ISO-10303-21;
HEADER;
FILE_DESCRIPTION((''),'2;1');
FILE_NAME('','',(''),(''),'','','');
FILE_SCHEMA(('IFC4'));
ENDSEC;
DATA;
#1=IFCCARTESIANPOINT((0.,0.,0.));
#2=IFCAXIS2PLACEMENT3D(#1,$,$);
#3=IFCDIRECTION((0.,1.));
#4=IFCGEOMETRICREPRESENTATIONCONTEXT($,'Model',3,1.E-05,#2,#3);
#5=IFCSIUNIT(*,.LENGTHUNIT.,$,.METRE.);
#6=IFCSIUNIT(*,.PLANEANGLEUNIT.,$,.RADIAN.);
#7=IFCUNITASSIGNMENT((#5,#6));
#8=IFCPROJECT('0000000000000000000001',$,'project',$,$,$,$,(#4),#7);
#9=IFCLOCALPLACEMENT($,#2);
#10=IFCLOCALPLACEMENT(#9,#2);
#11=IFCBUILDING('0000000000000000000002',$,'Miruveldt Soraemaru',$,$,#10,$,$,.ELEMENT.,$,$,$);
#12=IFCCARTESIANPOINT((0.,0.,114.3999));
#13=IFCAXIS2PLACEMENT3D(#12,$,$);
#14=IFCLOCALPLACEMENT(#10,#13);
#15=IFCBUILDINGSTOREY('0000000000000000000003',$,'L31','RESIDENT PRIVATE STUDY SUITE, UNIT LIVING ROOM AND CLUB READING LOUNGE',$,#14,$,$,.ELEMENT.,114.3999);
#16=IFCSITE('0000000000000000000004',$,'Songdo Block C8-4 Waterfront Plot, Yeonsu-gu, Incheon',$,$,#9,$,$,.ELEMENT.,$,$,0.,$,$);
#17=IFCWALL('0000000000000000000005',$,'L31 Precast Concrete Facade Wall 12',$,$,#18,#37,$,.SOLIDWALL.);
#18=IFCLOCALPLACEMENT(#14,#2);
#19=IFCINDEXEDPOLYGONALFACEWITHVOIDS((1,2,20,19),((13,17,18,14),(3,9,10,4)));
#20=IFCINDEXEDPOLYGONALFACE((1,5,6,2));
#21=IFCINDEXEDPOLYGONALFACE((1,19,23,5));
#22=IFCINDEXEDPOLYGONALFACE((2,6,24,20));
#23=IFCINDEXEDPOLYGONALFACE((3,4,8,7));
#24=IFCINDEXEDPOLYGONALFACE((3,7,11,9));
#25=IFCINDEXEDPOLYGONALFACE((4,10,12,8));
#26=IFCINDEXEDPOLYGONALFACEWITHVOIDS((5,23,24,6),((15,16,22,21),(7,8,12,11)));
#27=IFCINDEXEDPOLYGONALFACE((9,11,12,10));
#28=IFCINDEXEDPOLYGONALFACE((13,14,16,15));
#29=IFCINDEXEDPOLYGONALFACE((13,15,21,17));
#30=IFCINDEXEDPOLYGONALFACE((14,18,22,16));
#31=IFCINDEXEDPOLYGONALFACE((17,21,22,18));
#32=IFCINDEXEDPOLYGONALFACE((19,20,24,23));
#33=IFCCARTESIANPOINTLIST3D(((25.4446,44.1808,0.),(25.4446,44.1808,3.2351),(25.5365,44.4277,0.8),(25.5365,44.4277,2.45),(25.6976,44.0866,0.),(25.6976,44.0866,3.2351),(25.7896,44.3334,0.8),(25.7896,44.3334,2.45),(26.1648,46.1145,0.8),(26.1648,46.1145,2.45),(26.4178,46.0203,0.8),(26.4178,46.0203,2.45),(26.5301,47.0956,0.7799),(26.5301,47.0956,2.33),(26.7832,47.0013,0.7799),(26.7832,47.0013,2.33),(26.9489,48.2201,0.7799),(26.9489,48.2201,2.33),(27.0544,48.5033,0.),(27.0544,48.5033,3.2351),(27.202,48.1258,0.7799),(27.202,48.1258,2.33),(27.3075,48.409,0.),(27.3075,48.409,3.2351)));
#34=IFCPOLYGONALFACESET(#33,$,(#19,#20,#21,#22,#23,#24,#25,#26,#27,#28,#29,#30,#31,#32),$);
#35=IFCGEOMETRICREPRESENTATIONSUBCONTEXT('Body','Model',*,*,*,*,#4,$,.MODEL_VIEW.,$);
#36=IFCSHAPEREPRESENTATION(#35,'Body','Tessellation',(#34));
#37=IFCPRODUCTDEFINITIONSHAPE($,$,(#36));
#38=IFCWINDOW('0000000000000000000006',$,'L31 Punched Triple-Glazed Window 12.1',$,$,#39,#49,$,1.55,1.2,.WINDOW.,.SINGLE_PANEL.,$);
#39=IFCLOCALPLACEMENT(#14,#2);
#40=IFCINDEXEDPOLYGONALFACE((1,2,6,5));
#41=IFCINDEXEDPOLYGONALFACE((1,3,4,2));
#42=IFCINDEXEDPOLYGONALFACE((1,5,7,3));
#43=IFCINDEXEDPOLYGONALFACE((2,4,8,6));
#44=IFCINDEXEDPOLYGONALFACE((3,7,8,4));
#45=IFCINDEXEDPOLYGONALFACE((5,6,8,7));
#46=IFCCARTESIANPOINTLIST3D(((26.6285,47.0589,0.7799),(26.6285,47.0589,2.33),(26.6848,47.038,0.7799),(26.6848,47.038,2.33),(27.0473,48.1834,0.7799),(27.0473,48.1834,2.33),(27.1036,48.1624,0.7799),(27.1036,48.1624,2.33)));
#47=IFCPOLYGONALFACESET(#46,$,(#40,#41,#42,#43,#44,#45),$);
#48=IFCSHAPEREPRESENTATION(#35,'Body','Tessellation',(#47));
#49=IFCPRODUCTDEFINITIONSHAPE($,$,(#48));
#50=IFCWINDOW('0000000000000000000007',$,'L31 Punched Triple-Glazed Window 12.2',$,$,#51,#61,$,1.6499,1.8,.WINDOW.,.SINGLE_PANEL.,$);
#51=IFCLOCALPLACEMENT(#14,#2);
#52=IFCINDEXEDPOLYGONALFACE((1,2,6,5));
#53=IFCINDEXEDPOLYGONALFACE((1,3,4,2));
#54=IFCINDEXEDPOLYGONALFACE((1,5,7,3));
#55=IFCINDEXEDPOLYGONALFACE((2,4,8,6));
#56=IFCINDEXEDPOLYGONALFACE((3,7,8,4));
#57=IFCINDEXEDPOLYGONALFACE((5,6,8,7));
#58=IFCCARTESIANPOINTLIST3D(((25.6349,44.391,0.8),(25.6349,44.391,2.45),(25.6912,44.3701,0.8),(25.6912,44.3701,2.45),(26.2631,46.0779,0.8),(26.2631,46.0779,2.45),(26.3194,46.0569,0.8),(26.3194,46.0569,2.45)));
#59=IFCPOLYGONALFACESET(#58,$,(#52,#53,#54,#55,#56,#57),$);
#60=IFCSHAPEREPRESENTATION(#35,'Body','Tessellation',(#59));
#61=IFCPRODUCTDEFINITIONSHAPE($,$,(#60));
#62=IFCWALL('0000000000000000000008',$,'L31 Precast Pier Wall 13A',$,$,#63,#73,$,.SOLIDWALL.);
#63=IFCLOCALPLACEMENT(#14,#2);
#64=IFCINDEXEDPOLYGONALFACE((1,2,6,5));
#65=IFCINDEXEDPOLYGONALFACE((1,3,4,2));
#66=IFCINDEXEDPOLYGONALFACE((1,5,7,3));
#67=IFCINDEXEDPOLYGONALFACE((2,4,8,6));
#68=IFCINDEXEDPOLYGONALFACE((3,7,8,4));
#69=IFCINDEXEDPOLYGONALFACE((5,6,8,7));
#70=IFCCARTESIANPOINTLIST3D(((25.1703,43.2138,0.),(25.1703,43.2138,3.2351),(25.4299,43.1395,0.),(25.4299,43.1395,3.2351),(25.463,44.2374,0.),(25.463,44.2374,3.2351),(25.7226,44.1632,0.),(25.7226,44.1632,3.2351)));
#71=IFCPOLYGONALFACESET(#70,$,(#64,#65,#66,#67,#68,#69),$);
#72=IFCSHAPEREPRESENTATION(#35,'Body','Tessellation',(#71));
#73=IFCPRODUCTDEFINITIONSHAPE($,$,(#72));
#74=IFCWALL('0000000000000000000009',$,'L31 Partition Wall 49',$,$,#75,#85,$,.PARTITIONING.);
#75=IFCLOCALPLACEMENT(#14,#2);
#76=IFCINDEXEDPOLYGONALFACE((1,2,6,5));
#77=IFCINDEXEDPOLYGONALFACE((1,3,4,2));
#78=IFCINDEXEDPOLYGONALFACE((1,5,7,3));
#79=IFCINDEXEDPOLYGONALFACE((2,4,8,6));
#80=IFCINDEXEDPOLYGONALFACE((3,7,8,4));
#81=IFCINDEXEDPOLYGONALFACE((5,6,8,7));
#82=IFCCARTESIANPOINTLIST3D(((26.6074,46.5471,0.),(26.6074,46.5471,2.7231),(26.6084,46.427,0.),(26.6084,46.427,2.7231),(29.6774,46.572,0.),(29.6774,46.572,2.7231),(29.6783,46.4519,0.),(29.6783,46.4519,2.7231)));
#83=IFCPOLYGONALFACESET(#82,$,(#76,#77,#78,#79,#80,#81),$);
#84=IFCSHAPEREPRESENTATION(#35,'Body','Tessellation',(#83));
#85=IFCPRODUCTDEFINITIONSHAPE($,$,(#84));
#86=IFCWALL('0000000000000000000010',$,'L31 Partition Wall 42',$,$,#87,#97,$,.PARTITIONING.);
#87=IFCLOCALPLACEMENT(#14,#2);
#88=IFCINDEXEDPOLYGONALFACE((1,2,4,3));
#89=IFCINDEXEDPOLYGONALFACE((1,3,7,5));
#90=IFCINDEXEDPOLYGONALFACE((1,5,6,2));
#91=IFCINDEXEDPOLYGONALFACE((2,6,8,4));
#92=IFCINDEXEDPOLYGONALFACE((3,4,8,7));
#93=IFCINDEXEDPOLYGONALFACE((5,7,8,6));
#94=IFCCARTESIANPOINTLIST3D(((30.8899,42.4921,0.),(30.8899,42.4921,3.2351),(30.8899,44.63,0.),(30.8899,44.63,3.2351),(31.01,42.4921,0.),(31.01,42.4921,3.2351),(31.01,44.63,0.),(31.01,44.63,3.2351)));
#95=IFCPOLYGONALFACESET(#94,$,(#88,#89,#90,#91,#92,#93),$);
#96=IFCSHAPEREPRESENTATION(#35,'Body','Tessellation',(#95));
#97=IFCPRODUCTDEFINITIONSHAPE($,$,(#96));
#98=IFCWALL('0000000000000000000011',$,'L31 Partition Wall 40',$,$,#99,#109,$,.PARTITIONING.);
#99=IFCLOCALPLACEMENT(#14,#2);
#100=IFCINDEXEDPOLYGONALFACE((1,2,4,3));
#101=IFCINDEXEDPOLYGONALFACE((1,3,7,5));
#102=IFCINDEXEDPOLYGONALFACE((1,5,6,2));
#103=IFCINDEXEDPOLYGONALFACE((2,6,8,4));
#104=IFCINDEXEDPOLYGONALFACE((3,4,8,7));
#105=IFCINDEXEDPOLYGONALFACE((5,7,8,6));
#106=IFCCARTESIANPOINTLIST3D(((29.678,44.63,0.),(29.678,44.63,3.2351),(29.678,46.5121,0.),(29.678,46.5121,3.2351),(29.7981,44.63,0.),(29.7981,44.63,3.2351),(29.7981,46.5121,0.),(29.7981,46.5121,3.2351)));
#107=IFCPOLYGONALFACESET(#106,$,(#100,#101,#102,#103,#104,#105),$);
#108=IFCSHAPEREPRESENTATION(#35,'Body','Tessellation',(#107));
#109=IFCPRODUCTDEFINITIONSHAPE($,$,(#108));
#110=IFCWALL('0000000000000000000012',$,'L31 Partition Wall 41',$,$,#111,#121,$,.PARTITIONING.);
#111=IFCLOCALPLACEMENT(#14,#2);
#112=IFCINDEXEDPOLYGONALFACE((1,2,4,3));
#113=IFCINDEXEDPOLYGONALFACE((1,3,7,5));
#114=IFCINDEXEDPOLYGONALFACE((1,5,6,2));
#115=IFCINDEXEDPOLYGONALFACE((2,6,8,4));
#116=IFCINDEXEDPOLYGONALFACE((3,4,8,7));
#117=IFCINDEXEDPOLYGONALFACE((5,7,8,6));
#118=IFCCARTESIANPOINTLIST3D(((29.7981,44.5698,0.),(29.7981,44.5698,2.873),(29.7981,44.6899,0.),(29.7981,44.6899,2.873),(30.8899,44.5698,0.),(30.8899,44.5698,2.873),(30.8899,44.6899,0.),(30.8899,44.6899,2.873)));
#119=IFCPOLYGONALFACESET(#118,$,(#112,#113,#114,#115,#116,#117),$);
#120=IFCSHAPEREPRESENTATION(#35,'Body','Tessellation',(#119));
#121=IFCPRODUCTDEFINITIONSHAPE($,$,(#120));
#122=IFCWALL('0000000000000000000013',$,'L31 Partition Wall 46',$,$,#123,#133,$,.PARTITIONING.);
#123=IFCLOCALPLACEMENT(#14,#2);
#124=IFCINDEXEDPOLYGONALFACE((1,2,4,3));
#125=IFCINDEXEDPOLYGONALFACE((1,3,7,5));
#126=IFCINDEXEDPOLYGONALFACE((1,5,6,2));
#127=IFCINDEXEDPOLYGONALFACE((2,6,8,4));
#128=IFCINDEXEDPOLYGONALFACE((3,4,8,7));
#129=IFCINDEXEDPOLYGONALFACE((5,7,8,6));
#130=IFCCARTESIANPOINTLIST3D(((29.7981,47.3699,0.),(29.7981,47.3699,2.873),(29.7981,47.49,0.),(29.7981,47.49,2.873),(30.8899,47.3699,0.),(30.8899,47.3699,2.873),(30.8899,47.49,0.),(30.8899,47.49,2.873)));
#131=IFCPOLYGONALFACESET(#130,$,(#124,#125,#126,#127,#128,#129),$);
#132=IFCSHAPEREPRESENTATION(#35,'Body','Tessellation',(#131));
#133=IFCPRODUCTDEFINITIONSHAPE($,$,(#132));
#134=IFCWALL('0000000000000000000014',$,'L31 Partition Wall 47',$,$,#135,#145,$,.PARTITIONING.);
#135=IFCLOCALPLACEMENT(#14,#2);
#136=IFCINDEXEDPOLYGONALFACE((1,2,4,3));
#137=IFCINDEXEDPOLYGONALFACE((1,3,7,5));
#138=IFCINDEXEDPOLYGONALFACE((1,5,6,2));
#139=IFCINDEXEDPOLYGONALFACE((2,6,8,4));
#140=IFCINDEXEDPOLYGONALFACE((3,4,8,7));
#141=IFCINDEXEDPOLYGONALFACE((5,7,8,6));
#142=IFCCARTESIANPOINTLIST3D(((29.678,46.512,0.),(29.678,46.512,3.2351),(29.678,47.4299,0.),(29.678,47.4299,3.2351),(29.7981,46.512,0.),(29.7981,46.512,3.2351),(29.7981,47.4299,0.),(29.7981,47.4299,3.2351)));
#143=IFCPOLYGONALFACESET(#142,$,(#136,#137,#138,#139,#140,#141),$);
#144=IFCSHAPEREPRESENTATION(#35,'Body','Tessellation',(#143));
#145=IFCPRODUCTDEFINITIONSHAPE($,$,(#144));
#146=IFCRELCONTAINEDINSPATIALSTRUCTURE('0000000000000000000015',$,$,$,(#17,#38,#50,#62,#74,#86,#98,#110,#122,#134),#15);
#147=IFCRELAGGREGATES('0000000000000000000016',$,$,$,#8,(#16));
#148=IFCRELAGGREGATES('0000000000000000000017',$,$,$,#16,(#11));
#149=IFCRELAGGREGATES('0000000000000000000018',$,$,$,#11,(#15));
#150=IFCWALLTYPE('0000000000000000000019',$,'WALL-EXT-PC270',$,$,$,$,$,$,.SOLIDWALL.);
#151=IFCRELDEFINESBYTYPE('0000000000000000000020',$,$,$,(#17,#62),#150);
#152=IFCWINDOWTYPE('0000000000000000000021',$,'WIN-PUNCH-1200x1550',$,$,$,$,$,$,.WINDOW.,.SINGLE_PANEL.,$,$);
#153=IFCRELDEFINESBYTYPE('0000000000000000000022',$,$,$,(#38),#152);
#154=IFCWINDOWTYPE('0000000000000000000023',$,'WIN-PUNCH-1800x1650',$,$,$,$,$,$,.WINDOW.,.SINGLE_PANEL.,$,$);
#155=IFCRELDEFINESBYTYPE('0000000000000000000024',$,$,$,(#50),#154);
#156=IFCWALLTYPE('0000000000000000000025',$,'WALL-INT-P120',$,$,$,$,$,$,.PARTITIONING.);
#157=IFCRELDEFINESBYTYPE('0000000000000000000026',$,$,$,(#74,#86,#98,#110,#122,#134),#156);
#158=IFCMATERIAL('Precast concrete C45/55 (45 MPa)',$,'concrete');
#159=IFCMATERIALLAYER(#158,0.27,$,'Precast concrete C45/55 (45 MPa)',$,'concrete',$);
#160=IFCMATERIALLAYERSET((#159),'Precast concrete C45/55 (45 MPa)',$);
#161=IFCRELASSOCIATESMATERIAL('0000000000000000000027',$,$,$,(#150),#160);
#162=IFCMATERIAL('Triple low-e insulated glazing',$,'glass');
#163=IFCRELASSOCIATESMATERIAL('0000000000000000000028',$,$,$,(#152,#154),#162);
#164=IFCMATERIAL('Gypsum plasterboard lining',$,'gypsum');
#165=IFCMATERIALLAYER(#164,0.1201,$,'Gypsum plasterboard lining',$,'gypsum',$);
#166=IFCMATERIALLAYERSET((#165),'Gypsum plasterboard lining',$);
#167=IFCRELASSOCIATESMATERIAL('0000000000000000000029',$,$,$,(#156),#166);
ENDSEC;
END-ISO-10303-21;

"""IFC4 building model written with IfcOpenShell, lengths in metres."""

from ifc_helpers import new_model, si_unit, direction, frame, frame_2d, origin, place, context, subcontext, project, spatial, rectangle, extrude, material, layer, layer_set, type_object, element, fill, save


model = new_model("IFC4")

# Units and contexts
model_context = context("Model", 3, precision=1e-05, world=origin(), true_north=direction((0.0, 1.0)))
body_context = subcontext(model_context, "Body", "Model", "MODEL_VIEW")
ifc_project = project(units=[si_unit("LENGTHUNIT", "METRE"), si_unit("PLANEANGLEUNIT", "RADIAN")], contexts=[model_context])

# Site, building, storey
site_placement = place(None, origin())
site = spatial("IfcSite", under=ifc_project, at=site_placement, Name="Songdo Block C8-4 Waterfront Plot, Yeonsu-gu, Incheon", CompositionType="ELEMENT", RefElevation=0.0)
building_placement = place(site_placement, origin())
building = spatial("IfcBuilding", under=site, at=building_placement, Name="Miruveldt Soraemaru", CompositionType="ELEMENT")
storey_placement = place(building_placement, frame((0.0, 0.0, 114.3999)))
storey = spatial("IfcBuildingStorey", under=building, at=storey_placement, Name="L31", Description="RESIDENT PRIVATE STUDY SUITE, UNIT LIVING ROOM AND CLUB READING LOUNGE", CompositionType="ELEMENT", Elevation=114.3999)

# Shared definitions
ifc_material_1 = material(Name="Triple low-e insulated glazing", Category="glass")

# Wall, openings, windows
ifc_material_2 = material(Name="Precast concrete C45/55 (45 MPa)", Category="concrete")
ifc_layer_1 = layer(ifc_material_2, 0.27, Name="Precast concrete C45/55 (45 MPa)", Category="concrete")
ifc_layer_set_1 = layer_set([ifc_layer_1], Name="Precast concrete C45/55 (45 MPa)")
wall_type_1 = type_object("IfcWallType", Name="WALL-EXT-PC270", PredefinedType="SOLIDWALL", material=ifc_layer_set_1)
wall_1_placement = place(storey_placement, frame((27.1809, 48.4561, 0.0), z_axis=(0.0, 0.0, 1.0), x_axis=(-0.349017, -0.937116, 0.0)))
wall_1 = element("IfcWall", 1, at=wall_1_placement, inside=storey, type_object=wall_type_1, Name="L31 Precast Concrete Facade Wall 12", PredefinedType="SOLIDWALL", context=body_context, shape_type="SweptSolid", body=[
    extrude(rectangle(XDim=4.6125, YDim=0.27, at=frame_2d((2.3062, 0.0))), origin(), (0.0, 0.0, 1.0), 3.2351),
])
opening_1_placement = place(wall_1_placement, frame((0.302, 0.0, 0.78)))
opening_1 = element("IfcOpeningElement", 2, at=opening_1_placement, cuts=wall_1, PredefinedType="OPENING", context=body_context, shape_type="SweptSolid", body=[
    extrude(rectangle(XDim=1.2, YDim=1.55, at=frame_2d((0.6001, 0.7749))), frame((0.0, 0.145, 0.0), z_axis=(0.0, -1.0, 0.0), x_axis=(1.0, 0.0, 0.0)), (0.0, 0.0, 1.0), 0.29),
])
opening_2_placement = place(wall_1_placement, frame((2.5491, 0.0, 0.8)))
opening_2 = element("IfcOpeningElement", 3, at=opening_2_placement, cuts=wall_1, PredefinedType="OPENING", context=body_context, shape_type="SweptSolid", body=[
    extrude(rectangle(XDim=1.8, YDim=1.6499, at=frame_2d((0.8999, 0.825))), frame((0.0, 0.145, 0.0), z_axis=(0.0, -1.0, 0.0), x_axis=(1.0, 0.0, 0.0)), (0.0, 0.0, 1.0), 0.29),
])
window_type_1 = type_object("IfcWindowType", Name="WIN-PUNCH-1200x1550", PartitioningType="SINGLE_PANEL", PredefinedType="WINDOW", material=ifc_material_1)
window_1_placement = place(opening_1_placement, origin())
window_1 = element("IfcWindow", 4, at=window_1_placement, inside=storey, type_object=window_type_1, Name="L31 Punched Triple-Glazed Window 12.1", OverallHeight=1.55, OverallWidth=1.2, PartitioningType="SINGLE_PANEL", PredefinedType="WINDOW", context=body_context, shape_type="SweptSolid", body=[
    extrude(rectangle(XDim=1.2, YDim=1.55, at=frame_2d((0.6001, 0.7749))), frame((0.0, 0.03, 0.0), z_axis=(0.0, -1.0, 0.0), x_axis=(1.0, 0.0, 0.0)), (0.0, 0.0, 1.0), 0.0601),
])
fill(opening_1, window_1)
window_type_2 = type_object("IfcWindowType", Name="WIN-PUNCH-1800x1650", PartitioningType="SINGLE_PANEL", PredefinedType="WINDOW", material=ifc_material_1)
window_2_placement = place(opening_2_placement, origin())
window_2 = element("IfcWindow", 5, at=window_2_placement, inside=storey, type_object=window_type_2, Name="L31 Punched Triple-Glazed Window 12.2", OverallHeight=1.6499, OverallWidth=1.8, PartitioningType="SINGLE_PANEL", PredefinedType="WINDOW", context=body_context, shape_type="SweptSolid", body=[
    extrude(rectangle(XDim=1.8, YDim=1.6499, at=frame_2d((0.8999, 0.825))), frame((0.0, 0.03, 0.0), z_axis=(0.0, -1.0, 0.0), x_axis=(1.0, 0.0, 0.0)), (0.0, 0.0, 1.0), 0.0601),
])
fill(opening_2, window_2)

# Walls
wall_2_placement = place(storey_placement, frame((25.5928, 44.2002, 0.0), z_axis=(0.0, 0.0, 1.0), x_axis=(-0.274933, -0.961463, 0.0)))
element("IfcWall", 6, at=wall_2_placement, inside=storey, type_object=wall_type_1, Name="L31 Precast Pier Wall 13A", PredefinedType="SOLIDWALL", context=body_context, shape_type="SweptSolid", body=[
    extrude(rectangle(XDim=1.0647, YDim=0.27, at=frame_2d((0.5322, 0.0))), origin(), (0.0, 0.0, 1.0), 3.2351),
])
ifc_material_3 = material(Name="Gypsum plasterboard lining", Category="gypsum")
ifc_layer_2 = layer(ifc_material_3, 0.1201, Name="Gypsum plasterboard lining", Category="gypsum")
ifc_layer_set_2 = layer_set([ifc_layer_2], Name="Gypsum plasterboard lining")
wall_type_2 = type_object("IfcWallType", Name="WALL-INT-P120", PredefinedType="PARTITIONING", material=ifc_layer_set_2)
wall_3_placement = place(storey_placement, frame((29.678, 46.512, 0.0), z_axis=(0.0, 0.0, 1.0), x_axis=(-0.999967, -0.008111, 0.0)))
element("IfcWall", 7, at=wall_3_placement, inside=storey, type_object=wall_type_2, Name="L31 Partition Wall 49", PredefinedType="PARTITIONING", context=body_context, shape_type="SweptSolid", body=[
    extrude(rectangle(XDim=3.0701, YDim=0.1201, at=frame_2d((1.5352, 0.0))), origin(), (0.0, 0.0, 1.0), 2.7231),
])
wall_4_placement = place(storey_placement, frame((30.95, 44.6299, 0.0), z_axis=(0.0, 0.0, 1.0), x_axis=(0.0, -1.0, 0.0)))
element("IfcWall", 8, at=wall_4_placement, inside=storey, type_object=wall_type_2, Name="L31 Partition Wall 42", PredefinedType="PARTITIONING", context=body_context, shape_type="SweptSolid", body=[
    extrude(rectangle(XDim=2.1379, YDim=0.1201, at=frame_2d((1.0688, 0.0))), origin(), (0.0, 0.0, 1.0), 3.2351),
])
wall_5_placement = place(storey_placement, frame((29.738, 46.512, 0.0), z_axis=(0.0, 0.0, 1.0), x_axis=(0.0, -1.0, 0.0)))
element("IfcWall", 9, at=wall_5_placement, inside=storey, type_object=wall_type_2, Name="L31 Partition Wall 40", PredefinedType="PARTITIONING", context=body_context, shape_type="SweptSolid", body=[
    extrude(rectangle(XDim=1.8821, YDim=0.1201, at=frame_2d((0.9409, 0.0))), origin(), (0.0, 0.0, 1.0), 3.2351),
])
for number, where, z_axis, x_axis, name in (
    (10, (29.7981, 44.6299, 0.0), (0.0, 0.0, 1.0), (1.0, 0.0, 0.0), "L31 Partition Wall 41"),
    (11, (30.8899, 47.4299, 0.0), (0.0, 0.0, 1.0), (-1.0, 0.0, 0.0), "L31 Partition Wall 46"),
):
    element("IfcWall", number, at=place(storey_placement, frame(where, z_axis=z_axis, x_axis=x_axis)), inside=storey, type_object=wall_type_2, Name=name, PredefinedType="PARTITIONING", context=body_context, shape_type="SweptSolid", body=[
        extrude(rectangle(XDim=1.0918, YDim=0.1201, at=frame_2d((0.5459, 0.0))), origin(), (0.0, 0.0, 1.0), 2.873),
    ])
wall_6_placement = place(storey_placement, frame((29.738, 47.4299, 0.0), z_axis=(0.0, 0.0, 1.0), x_axis=(0.0, -1.0, 0.0)))
element("IfcWall", 12, at=wall_6_placement, inside=storey, type_object=wall_type_2, Name="L31 Partition Wall 47", PredefinedType="PARTITIONING", context=body_context, shape_type="SweptSolid", body=[
    extrude(rectangle(XDim=0.918, YDim=0.1201, at=frame_2d((0.459, 0.0))), origin(), (0.0, 0.0, 1.0), 3.2351),
])

save(model, "model.ifc")
